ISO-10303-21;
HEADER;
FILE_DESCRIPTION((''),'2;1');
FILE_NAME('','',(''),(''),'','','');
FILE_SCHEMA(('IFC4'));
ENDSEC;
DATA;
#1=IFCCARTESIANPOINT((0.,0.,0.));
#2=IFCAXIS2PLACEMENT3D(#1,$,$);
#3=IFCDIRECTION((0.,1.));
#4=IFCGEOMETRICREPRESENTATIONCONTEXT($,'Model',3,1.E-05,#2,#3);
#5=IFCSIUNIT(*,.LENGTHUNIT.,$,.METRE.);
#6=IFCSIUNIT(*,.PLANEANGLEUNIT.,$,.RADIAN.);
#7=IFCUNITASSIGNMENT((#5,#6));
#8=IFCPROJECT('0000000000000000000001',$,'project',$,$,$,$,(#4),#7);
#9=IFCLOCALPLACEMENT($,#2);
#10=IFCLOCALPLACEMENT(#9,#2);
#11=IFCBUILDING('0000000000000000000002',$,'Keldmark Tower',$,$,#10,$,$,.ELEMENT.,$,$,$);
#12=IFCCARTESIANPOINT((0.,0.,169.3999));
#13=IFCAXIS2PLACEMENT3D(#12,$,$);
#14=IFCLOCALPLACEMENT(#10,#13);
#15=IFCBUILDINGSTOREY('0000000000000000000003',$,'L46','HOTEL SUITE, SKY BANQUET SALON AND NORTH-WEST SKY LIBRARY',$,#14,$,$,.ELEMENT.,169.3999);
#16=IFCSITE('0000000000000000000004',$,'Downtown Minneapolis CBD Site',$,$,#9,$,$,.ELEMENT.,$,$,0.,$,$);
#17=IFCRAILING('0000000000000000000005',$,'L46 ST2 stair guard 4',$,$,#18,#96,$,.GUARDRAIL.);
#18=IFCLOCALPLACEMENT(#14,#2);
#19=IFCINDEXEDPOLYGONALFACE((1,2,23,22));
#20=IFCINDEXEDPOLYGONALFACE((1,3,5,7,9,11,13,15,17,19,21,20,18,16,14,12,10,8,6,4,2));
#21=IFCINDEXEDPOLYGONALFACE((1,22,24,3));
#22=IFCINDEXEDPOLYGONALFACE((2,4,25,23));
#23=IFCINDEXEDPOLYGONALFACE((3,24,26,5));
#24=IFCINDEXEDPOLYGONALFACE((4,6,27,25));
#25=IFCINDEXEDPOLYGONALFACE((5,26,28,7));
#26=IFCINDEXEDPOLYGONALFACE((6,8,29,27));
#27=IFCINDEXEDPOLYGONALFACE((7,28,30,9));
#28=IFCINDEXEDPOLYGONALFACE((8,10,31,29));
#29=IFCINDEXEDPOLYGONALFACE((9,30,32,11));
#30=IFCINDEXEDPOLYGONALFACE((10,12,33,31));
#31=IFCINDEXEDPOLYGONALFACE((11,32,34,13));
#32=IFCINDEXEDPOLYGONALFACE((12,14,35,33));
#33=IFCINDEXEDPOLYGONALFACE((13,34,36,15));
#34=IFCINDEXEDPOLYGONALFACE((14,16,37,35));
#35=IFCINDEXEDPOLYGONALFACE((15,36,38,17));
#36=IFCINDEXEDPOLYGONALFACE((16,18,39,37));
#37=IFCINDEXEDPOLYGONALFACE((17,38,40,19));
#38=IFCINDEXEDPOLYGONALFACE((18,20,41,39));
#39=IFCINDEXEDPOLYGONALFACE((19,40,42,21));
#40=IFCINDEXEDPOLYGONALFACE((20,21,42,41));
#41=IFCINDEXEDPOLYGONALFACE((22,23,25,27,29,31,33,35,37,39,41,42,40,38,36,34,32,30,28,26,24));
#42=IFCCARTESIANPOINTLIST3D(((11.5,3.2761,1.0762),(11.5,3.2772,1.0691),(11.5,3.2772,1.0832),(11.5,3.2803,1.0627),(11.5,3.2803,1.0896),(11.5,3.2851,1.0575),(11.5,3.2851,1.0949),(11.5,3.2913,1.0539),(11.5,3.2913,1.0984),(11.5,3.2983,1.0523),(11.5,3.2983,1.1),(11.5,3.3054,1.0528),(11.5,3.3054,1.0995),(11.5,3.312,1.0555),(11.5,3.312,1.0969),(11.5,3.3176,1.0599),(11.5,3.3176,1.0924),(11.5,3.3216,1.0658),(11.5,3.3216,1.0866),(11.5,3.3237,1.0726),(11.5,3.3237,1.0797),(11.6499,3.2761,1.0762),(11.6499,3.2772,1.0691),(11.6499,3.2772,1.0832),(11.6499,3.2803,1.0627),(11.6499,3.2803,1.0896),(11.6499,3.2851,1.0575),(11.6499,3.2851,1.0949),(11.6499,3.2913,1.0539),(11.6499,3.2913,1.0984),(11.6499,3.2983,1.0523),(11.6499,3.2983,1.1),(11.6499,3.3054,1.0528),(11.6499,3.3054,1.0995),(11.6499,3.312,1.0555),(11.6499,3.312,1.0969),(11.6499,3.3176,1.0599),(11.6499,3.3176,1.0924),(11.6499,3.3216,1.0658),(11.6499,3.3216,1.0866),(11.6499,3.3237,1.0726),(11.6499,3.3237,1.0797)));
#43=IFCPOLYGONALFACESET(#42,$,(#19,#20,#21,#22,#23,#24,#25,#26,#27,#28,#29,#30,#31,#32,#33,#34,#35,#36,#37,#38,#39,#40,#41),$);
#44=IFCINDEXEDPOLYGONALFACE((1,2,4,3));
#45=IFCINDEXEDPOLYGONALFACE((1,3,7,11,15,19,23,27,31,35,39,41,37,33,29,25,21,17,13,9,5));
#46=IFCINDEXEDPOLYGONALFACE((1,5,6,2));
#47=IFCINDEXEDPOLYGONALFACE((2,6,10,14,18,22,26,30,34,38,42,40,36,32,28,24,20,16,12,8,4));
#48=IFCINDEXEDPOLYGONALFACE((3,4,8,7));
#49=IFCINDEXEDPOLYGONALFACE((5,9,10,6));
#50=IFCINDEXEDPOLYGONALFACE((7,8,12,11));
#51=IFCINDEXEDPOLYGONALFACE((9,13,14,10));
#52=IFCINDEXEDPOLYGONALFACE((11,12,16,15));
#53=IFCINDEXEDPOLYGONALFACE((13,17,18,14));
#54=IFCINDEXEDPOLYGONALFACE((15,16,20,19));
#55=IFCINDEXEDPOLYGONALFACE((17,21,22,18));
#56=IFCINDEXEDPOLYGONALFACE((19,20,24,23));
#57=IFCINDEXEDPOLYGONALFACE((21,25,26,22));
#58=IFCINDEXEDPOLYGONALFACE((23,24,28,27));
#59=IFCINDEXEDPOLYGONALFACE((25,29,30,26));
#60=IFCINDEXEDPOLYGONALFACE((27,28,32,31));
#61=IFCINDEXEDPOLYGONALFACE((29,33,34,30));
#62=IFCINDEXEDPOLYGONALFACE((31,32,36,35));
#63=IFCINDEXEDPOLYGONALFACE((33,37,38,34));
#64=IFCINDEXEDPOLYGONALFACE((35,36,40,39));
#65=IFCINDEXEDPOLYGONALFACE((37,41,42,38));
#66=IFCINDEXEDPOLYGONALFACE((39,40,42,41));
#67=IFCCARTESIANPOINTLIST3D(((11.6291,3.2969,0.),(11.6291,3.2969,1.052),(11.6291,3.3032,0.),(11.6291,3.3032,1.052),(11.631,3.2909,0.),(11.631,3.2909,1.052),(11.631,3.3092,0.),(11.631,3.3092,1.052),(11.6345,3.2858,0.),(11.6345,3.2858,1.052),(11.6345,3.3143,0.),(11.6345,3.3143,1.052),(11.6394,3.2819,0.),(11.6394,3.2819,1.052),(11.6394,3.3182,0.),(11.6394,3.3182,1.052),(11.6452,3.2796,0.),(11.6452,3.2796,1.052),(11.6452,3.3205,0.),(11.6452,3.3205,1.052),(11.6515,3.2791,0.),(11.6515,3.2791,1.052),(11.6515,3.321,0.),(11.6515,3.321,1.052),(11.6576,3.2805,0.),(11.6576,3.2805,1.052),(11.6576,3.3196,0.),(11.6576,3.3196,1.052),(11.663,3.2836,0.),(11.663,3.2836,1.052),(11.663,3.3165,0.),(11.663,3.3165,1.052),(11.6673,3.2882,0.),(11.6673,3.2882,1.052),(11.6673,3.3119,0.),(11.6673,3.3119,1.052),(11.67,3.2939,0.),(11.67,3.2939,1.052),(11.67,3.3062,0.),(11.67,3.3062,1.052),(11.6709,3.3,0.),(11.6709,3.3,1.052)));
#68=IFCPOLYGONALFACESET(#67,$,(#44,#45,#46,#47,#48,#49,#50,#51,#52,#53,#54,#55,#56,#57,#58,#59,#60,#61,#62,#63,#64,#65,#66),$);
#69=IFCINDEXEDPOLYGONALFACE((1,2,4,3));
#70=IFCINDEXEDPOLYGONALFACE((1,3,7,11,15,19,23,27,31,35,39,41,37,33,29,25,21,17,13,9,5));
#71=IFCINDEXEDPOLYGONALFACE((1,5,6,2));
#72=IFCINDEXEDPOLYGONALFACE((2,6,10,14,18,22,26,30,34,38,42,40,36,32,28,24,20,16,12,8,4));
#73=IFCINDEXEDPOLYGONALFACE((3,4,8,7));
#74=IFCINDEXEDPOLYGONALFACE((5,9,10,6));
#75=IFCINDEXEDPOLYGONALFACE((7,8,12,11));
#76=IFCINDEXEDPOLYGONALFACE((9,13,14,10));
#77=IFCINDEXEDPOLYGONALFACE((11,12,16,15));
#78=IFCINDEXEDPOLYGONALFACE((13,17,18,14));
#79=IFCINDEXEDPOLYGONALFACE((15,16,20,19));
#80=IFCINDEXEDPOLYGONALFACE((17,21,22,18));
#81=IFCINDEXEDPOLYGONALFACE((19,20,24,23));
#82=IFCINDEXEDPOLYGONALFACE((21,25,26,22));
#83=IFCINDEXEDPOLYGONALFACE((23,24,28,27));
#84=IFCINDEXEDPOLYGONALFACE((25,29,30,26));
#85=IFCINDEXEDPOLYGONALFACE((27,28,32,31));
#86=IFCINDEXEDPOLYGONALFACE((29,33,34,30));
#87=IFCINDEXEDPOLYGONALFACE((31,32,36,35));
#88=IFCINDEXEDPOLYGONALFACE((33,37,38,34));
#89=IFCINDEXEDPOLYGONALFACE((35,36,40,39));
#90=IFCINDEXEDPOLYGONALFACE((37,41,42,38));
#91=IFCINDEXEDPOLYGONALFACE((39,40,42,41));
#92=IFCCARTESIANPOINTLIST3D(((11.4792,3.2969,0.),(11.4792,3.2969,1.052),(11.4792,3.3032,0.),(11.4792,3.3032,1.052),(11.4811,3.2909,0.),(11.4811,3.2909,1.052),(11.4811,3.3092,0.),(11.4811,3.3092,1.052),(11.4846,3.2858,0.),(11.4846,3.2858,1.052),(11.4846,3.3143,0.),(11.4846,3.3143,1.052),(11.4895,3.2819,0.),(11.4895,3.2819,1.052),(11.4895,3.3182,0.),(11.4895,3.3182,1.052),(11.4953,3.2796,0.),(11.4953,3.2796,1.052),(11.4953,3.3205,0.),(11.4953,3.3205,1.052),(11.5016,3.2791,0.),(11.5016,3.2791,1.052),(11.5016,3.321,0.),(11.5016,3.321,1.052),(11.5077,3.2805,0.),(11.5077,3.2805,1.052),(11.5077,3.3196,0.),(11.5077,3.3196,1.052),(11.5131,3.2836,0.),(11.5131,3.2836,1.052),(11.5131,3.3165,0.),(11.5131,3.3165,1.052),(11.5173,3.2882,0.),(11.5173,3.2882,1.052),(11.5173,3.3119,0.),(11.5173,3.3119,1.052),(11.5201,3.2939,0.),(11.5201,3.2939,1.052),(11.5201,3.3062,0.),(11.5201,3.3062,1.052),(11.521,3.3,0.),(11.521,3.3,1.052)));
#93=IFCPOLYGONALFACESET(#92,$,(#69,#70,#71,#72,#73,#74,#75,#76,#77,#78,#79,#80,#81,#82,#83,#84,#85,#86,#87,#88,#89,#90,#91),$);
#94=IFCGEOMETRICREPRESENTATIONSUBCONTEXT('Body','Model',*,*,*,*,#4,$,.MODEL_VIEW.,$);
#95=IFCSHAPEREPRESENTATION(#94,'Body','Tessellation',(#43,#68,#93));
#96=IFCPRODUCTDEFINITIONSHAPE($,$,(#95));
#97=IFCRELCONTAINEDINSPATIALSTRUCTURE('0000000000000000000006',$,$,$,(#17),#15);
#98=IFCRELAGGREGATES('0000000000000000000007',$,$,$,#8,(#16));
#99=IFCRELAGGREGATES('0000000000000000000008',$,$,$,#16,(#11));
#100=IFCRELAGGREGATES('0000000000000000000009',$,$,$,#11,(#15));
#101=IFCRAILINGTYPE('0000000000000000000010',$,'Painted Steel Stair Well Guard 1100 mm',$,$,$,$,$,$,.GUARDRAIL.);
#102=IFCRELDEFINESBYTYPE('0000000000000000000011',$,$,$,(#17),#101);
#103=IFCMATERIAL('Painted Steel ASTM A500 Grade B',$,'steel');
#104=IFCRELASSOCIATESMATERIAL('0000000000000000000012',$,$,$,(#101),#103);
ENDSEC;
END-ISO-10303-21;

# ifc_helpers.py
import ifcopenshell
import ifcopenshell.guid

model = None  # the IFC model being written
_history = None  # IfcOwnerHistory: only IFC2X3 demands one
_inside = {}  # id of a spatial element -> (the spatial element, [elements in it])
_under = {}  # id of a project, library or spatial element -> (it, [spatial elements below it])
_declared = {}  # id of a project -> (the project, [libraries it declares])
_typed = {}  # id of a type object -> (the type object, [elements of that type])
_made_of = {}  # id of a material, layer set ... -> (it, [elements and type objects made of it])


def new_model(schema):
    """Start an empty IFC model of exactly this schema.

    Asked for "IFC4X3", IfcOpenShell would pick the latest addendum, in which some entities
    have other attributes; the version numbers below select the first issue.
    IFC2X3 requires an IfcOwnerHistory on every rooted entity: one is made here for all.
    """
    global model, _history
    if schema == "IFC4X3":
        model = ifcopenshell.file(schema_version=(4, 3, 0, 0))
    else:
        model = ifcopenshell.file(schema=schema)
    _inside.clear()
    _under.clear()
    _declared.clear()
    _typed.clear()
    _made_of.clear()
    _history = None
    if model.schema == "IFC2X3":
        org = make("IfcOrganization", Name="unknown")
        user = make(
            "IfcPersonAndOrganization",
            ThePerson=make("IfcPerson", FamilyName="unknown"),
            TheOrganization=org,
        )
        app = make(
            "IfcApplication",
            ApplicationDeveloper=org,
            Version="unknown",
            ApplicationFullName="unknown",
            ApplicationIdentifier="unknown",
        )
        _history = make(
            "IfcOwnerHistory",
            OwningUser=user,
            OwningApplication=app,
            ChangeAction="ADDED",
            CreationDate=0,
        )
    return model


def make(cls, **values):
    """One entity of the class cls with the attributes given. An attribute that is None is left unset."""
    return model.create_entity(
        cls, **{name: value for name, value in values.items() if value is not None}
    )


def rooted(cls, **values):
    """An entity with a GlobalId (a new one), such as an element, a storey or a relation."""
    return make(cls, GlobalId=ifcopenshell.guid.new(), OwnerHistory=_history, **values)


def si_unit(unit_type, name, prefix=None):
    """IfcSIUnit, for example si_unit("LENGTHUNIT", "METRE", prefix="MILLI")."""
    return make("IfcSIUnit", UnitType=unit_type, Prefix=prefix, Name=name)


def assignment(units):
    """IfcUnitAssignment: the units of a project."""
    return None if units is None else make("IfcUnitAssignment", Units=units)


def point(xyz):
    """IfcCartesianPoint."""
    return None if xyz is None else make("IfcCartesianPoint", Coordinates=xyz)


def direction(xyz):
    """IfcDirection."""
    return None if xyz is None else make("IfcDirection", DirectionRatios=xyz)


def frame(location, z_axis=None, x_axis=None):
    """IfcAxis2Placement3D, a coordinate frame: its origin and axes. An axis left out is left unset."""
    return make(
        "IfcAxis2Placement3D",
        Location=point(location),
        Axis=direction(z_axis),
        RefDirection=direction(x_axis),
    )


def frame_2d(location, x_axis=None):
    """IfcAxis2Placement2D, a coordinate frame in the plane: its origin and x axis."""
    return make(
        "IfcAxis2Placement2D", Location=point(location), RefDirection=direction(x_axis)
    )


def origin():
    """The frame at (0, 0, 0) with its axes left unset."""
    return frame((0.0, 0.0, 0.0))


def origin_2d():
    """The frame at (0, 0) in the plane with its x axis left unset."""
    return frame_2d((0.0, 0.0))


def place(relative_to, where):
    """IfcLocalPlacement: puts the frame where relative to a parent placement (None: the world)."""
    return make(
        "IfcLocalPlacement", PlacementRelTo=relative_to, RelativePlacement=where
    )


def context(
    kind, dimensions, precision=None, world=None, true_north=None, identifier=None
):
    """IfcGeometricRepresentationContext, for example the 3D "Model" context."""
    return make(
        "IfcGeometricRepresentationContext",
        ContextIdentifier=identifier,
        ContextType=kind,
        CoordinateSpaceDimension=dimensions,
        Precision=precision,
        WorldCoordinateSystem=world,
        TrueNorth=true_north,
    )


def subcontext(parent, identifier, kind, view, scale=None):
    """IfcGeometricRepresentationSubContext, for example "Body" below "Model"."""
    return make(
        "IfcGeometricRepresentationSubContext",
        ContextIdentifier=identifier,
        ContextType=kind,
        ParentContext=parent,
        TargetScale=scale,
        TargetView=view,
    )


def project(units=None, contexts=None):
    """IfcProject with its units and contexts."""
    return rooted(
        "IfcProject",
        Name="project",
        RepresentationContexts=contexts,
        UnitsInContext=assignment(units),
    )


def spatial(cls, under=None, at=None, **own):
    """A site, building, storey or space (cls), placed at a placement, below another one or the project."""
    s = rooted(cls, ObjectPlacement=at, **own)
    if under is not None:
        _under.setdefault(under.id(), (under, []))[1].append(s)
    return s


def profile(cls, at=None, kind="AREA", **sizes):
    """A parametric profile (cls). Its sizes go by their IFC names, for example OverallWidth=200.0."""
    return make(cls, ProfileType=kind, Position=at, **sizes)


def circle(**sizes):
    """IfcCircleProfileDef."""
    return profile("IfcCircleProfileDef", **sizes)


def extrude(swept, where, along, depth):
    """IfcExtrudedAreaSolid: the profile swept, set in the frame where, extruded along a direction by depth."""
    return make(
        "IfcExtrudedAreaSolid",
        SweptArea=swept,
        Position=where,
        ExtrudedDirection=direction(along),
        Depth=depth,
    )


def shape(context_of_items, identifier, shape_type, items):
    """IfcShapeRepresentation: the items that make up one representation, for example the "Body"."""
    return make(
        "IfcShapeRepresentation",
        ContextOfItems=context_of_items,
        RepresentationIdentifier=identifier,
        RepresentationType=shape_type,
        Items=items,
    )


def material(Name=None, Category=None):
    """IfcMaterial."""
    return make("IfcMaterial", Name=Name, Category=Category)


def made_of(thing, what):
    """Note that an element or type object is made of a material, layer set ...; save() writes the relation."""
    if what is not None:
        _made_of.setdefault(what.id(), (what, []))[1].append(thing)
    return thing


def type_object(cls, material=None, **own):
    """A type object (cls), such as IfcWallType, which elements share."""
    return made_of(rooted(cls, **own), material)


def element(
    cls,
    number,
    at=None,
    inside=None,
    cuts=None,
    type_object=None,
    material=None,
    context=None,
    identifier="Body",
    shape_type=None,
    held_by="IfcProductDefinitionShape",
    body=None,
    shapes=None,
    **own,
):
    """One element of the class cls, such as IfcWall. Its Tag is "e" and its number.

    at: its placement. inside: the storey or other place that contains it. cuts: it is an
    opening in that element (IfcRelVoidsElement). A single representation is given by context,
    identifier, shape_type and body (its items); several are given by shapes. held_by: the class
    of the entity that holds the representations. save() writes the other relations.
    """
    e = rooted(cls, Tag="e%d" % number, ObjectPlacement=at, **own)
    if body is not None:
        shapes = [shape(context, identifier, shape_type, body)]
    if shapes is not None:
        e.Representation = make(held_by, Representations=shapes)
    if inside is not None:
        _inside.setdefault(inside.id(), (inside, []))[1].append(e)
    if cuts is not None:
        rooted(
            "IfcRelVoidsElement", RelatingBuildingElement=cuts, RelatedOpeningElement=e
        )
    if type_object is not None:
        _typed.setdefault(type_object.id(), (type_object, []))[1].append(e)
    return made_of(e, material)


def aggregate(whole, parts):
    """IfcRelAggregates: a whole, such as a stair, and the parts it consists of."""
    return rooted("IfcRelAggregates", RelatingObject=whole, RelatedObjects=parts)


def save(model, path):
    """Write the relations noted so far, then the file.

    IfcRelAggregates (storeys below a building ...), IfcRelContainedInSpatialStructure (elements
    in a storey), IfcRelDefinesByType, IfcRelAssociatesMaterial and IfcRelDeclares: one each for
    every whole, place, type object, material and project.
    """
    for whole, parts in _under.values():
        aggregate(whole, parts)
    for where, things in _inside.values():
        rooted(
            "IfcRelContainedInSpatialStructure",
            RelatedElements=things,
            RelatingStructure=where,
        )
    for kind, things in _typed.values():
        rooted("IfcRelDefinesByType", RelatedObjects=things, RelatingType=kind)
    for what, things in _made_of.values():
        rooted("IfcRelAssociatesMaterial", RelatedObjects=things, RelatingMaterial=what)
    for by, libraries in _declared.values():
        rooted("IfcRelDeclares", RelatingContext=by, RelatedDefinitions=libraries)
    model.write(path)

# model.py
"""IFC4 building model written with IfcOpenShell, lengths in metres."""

from ifc_helpers import new_model, si_unit, direction, frame, origin, origin_2d, place, context, subcontext, project, spatial, circle, extrude, material, type_object, element, save


model = new_model("IFC4")

# Units and contexts
model_context = context("Model", 3, precision=1e-05, world=origin(), true_north=direction((0.0, 1.0)))
body_context = subcontext(model_context, "Body", "Model", "MODEL_VIEW")
ifc_project = project(units=[si_unit("LENGTHUNIT", "METRE"), si_unit("PLANEANGLEUNIT", "RADIAN")], contexts=[model_context])

# Site, building, storey
site_placement = place(None, origin())
site = spatial("IfcSite", under=ifc_project, at=site_placement, Name="Downtown Minneapolis CBD Site", CompositionType="ELEMENT", RefElevation=0.0)
building_placement = place(site_placement, origin())
building = spatial("IfcBuilding", under=site, at=building_placement, Name="Keldmark Tower", CompositionType="ELEMENT")
storey_placement = place(building_placement, frame((0.0, 0.0, 169.3999)))
storey = spatial("IfcBuildingStorey", under=building, at=storey_placement, Name="L46", Description="HOTEL SUITE, SKY BANQUET SALON AND NORTH-WEST SKY LIBRARY", CompositionType="ELEMENT", Elevation=169.3999)

# Railing
ifc_material_1 = material(Name="Painted Steel ASTM A500 Grade B", Category="steel")
railing_type_1 = type_object("IfcRailingType", Name="Painted Steel Stair Well Guard 1100 mm", PredefinedType="GUARDRAIL", material=ifc_material_1)
railing_1_placement = place(storey_placement, frame((11.6499, 3.3, 0.0)))
element("IfcRailing", 1, at=railing_1_placement, inside=storey, type_object=railing_type_1, Name="L46 ST2 stair guard 4", PredefinedType="GUARDRAIL", context=body_context, shape_type="SweptSolid", body=[
    extrude(circle(Radius=0.0239, at=origin_2d()), frame((0.0, 0.0, 1.0762), z_axis=(-1.0, 0.0, 0.0), x_axis=(0.0, -1.0, 0.0)), (0.0, 0.0, 1.0), 0.1499),
    extrude(circle(Radius=0.021, at=origin_2d()), origin(), (0.0, 0.0, 1.0), 1.052),
    extrude(circle(Radius=0.021, at=origin_2d()), frame((-0.1499, 0.0, 0.0)), (0.0, 0.0, 1.0), 1.052),
])

save(model, "model.ifc")
